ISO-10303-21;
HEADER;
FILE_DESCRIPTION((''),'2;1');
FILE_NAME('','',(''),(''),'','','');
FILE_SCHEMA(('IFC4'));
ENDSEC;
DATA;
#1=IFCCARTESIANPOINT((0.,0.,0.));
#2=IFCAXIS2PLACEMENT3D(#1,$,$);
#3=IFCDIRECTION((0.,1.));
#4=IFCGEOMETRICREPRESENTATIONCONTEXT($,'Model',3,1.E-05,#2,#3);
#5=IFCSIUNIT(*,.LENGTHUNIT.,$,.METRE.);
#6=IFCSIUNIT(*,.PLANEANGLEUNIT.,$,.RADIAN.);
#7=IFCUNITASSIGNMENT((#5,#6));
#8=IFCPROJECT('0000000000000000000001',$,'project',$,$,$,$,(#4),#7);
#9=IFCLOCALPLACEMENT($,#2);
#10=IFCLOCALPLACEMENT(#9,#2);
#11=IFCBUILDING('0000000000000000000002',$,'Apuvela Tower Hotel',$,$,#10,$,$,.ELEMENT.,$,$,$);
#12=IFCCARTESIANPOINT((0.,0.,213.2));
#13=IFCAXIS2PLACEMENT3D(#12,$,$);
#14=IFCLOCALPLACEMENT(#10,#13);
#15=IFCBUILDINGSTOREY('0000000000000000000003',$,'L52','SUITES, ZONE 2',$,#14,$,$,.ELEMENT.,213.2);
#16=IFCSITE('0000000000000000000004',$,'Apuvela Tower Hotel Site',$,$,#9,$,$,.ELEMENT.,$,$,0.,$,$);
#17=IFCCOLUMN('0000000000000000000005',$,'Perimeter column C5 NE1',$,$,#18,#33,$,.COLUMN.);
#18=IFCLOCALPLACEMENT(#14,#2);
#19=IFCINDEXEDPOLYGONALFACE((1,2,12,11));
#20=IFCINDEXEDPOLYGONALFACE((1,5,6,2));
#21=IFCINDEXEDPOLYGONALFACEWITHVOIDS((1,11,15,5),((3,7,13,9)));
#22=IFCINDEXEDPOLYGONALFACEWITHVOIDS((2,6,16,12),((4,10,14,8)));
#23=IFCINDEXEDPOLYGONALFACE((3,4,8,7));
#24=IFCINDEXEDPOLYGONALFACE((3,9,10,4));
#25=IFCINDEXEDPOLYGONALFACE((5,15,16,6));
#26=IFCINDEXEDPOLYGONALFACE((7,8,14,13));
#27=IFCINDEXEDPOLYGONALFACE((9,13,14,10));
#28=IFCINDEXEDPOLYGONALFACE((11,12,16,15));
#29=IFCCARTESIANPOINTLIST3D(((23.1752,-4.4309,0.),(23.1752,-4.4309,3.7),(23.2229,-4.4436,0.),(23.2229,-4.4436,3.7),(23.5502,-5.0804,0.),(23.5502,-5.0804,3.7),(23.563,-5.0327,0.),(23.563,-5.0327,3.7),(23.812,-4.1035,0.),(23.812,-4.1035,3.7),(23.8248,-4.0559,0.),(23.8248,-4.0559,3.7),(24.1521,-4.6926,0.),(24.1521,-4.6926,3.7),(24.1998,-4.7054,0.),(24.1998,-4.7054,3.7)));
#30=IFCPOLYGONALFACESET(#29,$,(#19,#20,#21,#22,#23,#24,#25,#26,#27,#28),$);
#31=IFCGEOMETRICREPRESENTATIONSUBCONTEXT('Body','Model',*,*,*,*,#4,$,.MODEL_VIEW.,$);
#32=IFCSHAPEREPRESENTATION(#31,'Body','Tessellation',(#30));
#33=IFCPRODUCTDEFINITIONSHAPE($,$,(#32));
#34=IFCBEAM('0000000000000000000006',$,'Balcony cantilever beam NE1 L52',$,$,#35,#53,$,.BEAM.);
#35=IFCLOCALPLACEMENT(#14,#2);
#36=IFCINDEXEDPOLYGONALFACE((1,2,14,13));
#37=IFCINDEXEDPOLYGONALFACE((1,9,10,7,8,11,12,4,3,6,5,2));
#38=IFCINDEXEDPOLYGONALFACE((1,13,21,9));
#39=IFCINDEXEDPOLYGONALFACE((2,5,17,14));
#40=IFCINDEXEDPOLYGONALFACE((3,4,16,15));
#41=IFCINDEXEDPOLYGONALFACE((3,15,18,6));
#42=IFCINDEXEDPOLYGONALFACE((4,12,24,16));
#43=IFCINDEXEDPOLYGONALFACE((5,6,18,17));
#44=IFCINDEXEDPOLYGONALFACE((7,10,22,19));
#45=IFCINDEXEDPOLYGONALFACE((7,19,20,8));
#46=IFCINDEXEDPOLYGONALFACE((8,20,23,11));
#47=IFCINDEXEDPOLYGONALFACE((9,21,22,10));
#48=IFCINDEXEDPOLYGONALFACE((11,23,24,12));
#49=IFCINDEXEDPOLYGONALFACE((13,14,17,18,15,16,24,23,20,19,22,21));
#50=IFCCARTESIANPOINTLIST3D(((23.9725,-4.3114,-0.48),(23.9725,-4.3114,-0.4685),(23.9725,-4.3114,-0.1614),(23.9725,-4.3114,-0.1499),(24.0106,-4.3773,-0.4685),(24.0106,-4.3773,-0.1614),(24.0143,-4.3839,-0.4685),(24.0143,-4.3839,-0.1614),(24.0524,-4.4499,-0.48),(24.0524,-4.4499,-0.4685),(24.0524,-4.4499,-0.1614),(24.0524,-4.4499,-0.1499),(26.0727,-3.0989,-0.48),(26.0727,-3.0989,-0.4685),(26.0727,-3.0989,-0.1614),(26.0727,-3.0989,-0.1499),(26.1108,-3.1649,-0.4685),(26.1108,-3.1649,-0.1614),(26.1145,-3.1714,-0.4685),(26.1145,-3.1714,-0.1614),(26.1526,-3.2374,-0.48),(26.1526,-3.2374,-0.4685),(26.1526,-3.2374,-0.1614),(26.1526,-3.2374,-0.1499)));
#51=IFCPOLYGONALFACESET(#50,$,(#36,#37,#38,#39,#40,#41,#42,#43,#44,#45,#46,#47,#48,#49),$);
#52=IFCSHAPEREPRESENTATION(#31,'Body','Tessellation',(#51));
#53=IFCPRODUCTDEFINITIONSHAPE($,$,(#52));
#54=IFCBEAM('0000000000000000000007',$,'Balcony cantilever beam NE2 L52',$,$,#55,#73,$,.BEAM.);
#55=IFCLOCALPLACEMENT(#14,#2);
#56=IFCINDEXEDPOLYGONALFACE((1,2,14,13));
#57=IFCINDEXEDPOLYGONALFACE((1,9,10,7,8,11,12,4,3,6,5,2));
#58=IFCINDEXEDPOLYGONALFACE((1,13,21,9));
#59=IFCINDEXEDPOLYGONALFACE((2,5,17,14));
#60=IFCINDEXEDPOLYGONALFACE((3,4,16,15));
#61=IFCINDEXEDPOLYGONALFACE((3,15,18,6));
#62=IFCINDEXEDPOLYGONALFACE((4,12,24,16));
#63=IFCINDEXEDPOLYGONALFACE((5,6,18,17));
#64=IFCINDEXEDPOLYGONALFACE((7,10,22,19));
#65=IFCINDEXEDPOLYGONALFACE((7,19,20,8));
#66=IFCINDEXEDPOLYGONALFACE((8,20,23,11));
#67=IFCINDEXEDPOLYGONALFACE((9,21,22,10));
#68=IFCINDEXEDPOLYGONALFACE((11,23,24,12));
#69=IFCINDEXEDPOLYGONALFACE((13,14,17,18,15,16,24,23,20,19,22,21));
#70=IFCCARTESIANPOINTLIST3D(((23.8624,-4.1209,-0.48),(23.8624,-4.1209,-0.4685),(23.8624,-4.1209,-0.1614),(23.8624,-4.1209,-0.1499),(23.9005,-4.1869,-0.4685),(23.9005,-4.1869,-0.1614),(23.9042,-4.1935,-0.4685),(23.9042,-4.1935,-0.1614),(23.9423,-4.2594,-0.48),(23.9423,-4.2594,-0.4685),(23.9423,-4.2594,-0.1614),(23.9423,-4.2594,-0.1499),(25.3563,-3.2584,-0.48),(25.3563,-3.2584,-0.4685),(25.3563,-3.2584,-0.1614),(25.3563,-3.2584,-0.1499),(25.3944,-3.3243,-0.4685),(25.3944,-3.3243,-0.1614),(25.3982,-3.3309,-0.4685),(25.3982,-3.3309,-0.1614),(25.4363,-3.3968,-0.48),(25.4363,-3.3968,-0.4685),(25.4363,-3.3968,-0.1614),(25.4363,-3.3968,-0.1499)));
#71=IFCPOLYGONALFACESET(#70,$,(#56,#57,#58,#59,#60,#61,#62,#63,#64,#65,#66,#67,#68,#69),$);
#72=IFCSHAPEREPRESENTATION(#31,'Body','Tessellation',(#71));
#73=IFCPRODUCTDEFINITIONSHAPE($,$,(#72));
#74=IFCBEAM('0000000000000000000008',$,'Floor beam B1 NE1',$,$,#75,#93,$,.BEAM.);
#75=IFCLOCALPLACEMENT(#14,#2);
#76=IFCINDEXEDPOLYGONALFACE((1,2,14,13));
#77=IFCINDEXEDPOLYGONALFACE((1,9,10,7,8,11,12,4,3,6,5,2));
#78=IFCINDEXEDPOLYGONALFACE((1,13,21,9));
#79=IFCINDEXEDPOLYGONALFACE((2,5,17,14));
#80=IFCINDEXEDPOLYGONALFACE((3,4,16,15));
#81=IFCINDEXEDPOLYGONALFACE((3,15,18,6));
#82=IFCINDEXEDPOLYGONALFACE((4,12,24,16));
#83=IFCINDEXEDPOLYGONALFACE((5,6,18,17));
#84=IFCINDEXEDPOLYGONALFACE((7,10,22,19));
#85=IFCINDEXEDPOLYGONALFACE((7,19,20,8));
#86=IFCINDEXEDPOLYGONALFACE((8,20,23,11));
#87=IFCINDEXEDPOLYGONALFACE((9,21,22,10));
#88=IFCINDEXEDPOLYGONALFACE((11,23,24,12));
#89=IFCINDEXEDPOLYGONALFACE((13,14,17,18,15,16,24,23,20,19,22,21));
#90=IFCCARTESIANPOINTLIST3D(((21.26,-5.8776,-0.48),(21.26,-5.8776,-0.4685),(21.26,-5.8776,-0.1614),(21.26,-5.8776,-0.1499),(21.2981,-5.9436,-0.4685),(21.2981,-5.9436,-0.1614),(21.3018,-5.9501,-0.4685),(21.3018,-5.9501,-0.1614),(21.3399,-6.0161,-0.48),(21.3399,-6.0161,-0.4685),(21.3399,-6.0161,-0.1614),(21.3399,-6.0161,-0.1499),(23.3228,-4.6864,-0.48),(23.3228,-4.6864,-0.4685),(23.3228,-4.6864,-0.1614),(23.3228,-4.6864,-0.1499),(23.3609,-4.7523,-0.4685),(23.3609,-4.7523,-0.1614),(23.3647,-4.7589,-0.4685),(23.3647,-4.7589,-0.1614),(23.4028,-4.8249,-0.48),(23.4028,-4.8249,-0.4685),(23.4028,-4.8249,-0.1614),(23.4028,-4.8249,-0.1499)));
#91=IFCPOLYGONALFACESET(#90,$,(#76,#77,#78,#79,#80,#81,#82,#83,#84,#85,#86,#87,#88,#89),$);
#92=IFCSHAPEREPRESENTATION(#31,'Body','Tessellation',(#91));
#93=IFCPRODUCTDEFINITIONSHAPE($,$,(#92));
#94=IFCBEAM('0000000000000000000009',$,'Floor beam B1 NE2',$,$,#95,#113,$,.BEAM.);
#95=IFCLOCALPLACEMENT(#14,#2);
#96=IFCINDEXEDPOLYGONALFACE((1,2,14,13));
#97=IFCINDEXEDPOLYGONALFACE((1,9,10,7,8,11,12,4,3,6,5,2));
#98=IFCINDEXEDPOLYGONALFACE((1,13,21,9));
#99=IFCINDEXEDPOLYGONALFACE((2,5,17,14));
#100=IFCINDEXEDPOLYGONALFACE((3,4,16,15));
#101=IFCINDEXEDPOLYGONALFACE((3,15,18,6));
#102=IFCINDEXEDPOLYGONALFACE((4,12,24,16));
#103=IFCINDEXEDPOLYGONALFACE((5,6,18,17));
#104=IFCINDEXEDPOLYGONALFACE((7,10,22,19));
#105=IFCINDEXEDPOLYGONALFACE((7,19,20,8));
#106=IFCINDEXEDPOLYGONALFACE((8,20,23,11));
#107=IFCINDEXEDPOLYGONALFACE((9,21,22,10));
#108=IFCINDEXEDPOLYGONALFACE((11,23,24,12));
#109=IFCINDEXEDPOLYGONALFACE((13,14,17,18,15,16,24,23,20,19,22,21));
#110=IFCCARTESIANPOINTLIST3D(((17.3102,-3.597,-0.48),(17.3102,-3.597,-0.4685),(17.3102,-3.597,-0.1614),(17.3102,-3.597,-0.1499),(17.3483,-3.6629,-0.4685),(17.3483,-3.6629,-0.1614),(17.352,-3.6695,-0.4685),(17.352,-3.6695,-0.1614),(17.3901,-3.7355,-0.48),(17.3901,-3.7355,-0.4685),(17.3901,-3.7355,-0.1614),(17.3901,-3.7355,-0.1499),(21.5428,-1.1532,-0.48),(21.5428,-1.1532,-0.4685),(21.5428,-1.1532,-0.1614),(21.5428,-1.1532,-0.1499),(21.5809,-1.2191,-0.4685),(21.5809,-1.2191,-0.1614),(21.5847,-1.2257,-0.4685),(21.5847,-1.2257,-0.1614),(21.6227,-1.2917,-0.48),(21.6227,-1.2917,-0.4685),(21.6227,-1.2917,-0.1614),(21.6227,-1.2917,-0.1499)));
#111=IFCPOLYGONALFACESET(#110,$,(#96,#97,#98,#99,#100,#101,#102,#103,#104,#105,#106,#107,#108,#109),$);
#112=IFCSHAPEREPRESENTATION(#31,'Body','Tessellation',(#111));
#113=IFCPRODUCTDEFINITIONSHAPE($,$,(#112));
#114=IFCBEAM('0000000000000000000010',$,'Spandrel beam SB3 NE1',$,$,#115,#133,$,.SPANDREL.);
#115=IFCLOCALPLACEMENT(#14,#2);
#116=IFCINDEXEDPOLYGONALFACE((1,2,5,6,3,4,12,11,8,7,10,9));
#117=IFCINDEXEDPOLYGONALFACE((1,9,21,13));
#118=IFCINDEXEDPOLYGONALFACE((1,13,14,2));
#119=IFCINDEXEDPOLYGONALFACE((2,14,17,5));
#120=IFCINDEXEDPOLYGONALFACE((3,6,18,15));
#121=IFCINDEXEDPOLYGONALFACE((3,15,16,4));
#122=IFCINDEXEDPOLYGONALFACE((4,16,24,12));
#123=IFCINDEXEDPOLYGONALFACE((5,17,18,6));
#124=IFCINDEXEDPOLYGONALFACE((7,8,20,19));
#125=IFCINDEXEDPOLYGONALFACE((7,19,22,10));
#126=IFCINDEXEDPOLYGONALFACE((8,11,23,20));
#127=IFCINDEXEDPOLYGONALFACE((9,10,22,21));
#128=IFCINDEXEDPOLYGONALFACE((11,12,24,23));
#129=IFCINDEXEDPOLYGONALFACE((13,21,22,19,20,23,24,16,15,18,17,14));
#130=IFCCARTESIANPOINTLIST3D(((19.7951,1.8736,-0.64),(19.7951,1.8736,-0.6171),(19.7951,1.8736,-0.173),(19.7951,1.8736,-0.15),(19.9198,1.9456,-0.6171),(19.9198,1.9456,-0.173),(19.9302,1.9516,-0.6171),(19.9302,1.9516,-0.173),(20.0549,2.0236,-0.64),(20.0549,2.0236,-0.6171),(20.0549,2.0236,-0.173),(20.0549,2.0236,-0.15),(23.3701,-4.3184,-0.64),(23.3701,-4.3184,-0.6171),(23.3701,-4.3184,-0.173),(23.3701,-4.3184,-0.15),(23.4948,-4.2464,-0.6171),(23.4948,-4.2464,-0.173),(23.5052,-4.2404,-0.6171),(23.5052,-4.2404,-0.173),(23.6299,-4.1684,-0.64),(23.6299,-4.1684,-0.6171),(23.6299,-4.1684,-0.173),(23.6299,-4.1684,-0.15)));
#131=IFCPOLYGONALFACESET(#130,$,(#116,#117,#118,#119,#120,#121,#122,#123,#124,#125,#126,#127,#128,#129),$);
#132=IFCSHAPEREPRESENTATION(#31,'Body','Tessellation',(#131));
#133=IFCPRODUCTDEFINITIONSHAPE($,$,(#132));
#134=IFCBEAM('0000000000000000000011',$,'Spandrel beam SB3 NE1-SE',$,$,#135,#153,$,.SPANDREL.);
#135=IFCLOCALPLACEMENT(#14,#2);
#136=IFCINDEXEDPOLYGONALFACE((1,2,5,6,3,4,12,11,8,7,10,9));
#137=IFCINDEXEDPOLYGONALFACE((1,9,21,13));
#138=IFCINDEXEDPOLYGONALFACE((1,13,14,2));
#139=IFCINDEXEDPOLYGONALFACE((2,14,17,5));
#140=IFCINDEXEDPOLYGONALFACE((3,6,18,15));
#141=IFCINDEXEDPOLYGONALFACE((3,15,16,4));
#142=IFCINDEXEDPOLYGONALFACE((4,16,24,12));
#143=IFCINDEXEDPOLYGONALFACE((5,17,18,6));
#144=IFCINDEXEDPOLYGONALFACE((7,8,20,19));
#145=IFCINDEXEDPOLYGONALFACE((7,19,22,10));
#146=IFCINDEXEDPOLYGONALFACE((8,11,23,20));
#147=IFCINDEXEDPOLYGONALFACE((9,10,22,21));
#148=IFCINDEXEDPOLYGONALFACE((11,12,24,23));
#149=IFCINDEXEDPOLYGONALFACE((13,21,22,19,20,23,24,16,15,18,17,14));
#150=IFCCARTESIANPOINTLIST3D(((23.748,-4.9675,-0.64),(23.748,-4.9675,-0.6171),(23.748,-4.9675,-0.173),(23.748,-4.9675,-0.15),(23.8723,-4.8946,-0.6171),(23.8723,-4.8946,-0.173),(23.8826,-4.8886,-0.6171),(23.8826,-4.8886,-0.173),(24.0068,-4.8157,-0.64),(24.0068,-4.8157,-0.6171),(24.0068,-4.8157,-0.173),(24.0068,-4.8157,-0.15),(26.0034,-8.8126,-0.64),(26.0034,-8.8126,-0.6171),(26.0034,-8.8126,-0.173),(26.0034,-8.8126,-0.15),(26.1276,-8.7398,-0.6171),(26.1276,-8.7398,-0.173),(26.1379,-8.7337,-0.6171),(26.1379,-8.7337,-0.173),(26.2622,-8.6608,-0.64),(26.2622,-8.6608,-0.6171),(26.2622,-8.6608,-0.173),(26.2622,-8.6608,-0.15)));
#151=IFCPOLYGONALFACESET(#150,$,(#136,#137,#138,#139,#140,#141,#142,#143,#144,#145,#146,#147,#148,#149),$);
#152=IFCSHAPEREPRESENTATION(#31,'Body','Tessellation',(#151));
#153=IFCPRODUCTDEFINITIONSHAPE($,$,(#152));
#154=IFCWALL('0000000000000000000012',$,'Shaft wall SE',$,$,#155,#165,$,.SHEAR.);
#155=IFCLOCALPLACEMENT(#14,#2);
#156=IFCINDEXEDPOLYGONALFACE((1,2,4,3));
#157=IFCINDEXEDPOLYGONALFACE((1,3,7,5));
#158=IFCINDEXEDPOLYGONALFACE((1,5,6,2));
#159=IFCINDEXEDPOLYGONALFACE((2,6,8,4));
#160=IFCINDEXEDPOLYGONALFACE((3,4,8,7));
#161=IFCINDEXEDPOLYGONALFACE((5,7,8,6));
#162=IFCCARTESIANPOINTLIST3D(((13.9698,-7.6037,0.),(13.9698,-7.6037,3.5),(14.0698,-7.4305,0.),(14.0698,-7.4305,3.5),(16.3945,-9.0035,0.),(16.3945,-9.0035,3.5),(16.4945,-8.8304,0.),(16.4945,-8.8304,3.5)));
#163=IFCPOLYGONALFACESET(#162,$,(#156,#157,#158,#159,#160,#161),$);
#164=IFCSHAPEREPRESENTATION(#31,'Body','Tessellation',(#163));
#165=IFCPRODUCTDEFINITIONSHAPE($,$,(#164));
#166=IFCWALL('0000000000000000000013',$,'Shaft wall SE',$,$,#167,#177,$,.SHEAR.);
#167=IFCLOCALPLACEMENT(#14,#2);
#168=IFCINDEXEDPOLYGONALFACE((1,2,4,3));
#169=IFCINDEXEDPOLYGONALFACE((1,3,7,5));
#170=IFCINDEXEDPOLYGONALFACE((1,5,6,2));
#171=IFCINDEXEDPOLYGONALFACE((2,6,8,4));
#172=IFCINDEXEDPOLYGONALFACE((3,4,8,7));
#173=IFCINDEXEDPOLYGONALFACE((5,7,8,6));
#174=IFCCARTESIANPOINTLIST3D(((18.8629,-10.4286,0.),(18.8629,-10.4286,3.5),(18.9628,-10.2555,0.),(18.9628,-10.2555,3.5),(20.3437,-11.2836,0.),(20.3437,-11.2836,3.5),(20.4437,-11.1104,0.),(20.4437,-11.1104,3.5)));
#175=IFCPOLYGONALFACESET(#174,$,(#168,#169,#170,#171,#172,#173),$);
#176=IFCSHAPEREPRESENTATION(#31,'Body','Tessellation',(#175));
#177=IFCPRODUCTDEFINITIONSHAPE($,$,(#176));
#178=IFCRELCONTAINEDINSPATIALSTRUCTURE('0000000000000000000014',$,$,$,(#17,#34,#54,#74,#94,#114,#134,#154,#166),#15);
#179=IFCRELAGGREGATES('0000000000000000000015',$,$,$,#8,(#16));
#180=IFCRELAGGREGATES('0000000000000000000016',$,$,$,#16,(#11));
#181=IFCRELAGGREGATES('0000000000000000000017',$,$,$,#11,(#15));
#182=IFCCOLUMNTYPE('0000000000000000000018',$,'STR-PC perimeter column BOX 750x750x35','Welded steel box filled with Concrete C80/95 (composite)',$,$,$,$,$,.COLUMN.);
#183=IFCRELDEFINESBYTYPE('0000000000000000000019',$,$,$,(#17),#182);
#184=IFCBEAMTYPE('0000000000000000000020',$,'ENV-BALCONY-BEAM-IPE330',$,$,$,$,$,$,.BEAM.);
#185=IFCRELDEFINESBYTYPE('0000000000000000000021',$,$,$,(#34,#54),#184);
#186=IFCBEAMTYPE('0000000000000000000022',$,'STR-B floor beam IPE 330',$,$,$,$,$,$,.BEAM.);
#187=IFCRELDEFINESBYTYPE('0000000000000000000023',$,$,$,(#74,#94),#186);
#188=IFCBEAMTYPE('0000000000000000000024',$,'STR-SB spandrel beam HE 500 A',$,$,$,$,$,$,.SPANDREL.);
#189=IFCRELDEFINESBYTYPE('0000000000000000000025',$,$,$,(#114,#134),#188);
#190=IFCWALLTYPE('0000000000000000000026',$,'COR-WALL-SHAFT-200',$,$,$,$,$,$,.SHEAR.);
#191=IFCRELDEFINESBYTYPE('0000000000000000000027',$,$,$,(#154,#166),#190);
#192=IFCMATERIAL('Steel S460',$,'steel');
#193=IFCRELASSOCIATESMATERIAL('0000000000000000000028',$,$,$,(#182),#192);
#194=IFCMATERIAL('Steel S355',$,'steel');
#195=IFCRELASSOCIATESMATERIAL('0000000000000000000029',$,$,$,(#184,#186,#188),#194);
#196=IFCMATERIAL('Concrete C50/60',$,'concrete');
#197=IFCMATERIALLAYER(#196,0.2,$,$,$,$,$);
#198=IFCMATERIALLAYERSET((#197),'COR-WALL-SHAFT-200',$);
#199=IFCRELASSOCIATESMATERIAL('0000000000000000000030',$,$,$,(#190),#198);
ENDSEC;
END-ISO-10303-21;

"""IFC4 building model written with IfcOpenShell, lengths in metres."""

from ifc_helpers import new_model, si_unit, direction, frame, frame_2d, origin, origin_2d, place, context, subcontext, project, spatial, rectangle, hollow_rectangle, i_section, extrude, material, layer, layer_set, material_profile, profile_set, type_object, element, save


model = new_model("IFC4")

# Units and contexts
model_context = context("Model", 3, precision=1e-05, world=origin(), true_north=direction((0.0, 1.0)))
body_context = subcontext(model_context, "Body", "Model", "MODEL_VIEW")
ifc_project = project(units=[si_unit("LENGTHUNIT", "METRE"), si_unit("PLANEANGLEUNIT", "RADIAN")], contexts=[model_context])

# Site, building, storey
site_placement = place(None, origin())
site = spatial("IfcSite", under=ifc_project, at=site_placement, Name="Apuvela Tower Hotel Site", CompositionType="ELEMENT", RefElevation=0.0)
building_placement = place(site_placement, origin())
building = spatial("IfcBuilding", under=site, at=building_placement, Name="Apuvela Tower Hotel", CompositionType="ELEMENT")
storey_placement = place(building_placement, frame((0.0, 0.0, 213.2)))
storey = spatial("IfcBuildingStorey", under=building, at=storey_placement, Name="L52", Description="SUITES, ZONE 2", CompositionType="ELEMENT", Elevation=213.2)

# Column
ifc_material_1 = material(Name="Steel S460", Category="steel")
ifc_material_profile_1 = material_profile(ifc_material_1, hollow_rectangle(XDim=0.75, YDim=0.75, WallThickness=0.0349, at=origin_2d()), Name="BOX 750x750x35")
ifc_material_2 = material(Name="Concrete C80/95", Category="concrete")
ifc_material_profile_2 = material_profile(ifc_material_2, rectangle(XDim=0.6799, YDim=0.6799, at=origin_2d()), Name="Concrete C80/95 infill")
ifc_profile_set_1 = profile_set([ifc_material_profile_1, ifc_material_profile_2], Name="Steel S460")
column_type = type_object("IfcColumnType", Name="STR-PC perimeter column BOX 750x750x35", Description="Welded steel box filled with Concrete C80/95 (composite)", PredefinedType="COLUMN", material=ifc_profile_set_1)
column_placement = place(storey_placement, frame((23.6875, -4.5681, 0.0), z_axis=(0.0, 0.0, 1.0), x_axis=(-0.5, 0.866025, 0.0)))
element("IfcColumn", 1, at=column_placement, inside=storey, type_object=column_type, Name="Perimeter column C5 NE1", PredefinedType="COLUMN", context=body_context, shape_type="SweptSolid", body=[
    extrude(hollow_rectangle(XDim=0.75, YDim=0.75, WallThickness=0.0349, at=origin_2d()), origin(), (0.0, 0.0, 1.0), 3.7),
])

# Beams
ifc_material_3 = material(Name="Steel S355", Category="steel")
ifc_material_profile_3 = material_profile(ifc_material_3, i_section(OverallWidth=0.1599, OverallDepth=0.3301, WebThickness=0.0076, FlangeThickness=0.0115, at=origin_2d()), Name="IPE 330")
ifc_profile_set_2 = profile_set([ifc_material_profile_3], Name="Steel S355")
beam_type_1 = type_object("IfcBeamType", Name="ENV-BALCONY-BEAM-IPE330", PredefinedType="BEAM", material=ifc_profile_set_2)
beam_1_placement = place(storey_placement, frame((24.0125, -4.3806, -0.3149), z_axis=(0.866041, 0.499972, 0.0), x_axis=(-0.499972, 0.866041, 0.0)))
element("IfcBeam", 2, at=beam_1_placement, inside=storey, type_object=beam_type_1, Name="Balcony cantilever beam NE1 L52", PredefinedType="BEAM", context=body_context, shape_type="SweptSolid", body=[
    extrude(i_section(OverallWidth=0.1599, OverallDepth=0.3301, WebThickness=0.0076, FlangeThickness=0.0115, at=origin_2d()), origin(), (0.0, 0.0, 1.0), 2.425),
])
beam_2_placement = place(storey_placement, frame((23.9023, -4.1902, -0.3149), z_axis=(0.866014, 0.500021, 0.0), x_axis=(-0.500021, 0.866014, 0.0)))
element("IfcBeam", 3, at=beam_2_placement, inside=storey, type_object=beam_type_1, Name="Balcony cantilever beam NE2 L52", PredefinedType="BEAM", context=body_context, shape_type="SweptSolid", body=[
    extrude(i_section(OverallWidth=0.1599, OverallDepth=0.3301, WebThickness=0.0076, FlangeThickness=0.0115, at=origin_2d()), origin(), (0.0, 0.0, 1.0), 1.7251),
])
ifc_material_profile_4 = material_profile(ifc_material_3, i_section(OverallWidth=0.1599, OverallDepth=0.3301, WebThickness=0.0076, FlangeThickness=0.0115, at=origin_2d()), Name="IPE 330")
ifc_profile_set_3 = profile_set([ifc_material_profile_4], Name="Steel S355")
beam_type_2 = type_object("IfcBeamType", Name="STR-B floor beam IPE 330", PredefinedType="BEAM", material=ifc_profile_set_3)
beam_3_placement = place(storey_placement, frame((23.3628, -4.7556, -0.3149), z_axis=(-0.865982, -0.500074, 0.0), x_axis=(0.500074, -0.865982, 0.0)))
element("IfcBeam", 4, at=beam_3_placement, inside=storey, type_object=beam_type_2, Name="Floor beam B1 NE1", PredefinedType="BEAM", context=body_context, shape_type="SweptSolid", body=[
    extrude(i_section(OverallWidth=0.1599, OverallDepth=0.3301, WebThickness=0.0076, FlangeThickness=0.0115, at=origin_2d()), origin(), (0.0, 0.0, 1.0), 2.3821),
])
beam_4_placement = place(storey_placement, frame((21.5828, -1.2224, -0.3149), z_axis=(-0.866015, -0.500018, 0.0), x_axis=(0.500018, -0.866015, 0.0)))
element("IfcBeam", 5, at=beam_4_placement, inside=storey, type_object=beam_type_2, Name="Floor beam B1 NE2", PredefinedType="BEAM", context=body_context, shape_type="SweptSolid", body=[
    extrude(i_section(OverallWidth=0.1599, OverallDepth=0.3301, WebThickness=0.0076, FlangeThickness=0.0115, at=origin_2d()), origin(), (0.0, 0.0, 1.0), 4.8875),
])
ifc_material_profile_5 = material_profile(ifc_material_3, i_section(OverallWidth=0.3, OverallDepth=0.49, WebThickness=0.012, FlangeThickness=0.0229, at=origin_2d()), Name="HE 500 A")
ifc_profile_set_4 = profile_set([ifc_material_profile_5], Name="Steel S355")
beam_type_3 = type_object("IfcBeamType", Name="STR-SB spandrel beam HE 500 A", PredefinedType="SPANDREL", material=ifc_profile_set_4)
beam_5_placement = place(storey_placement, frame((23.5, -4.2434, -0.395), z_axis=(-0.500006, 0.866022, 0.0), x_axis=(-0.866022, -0.500006, 0.0)))
element("IfcBeam", 6, at=beam_5_placement, inside=storey, type_object=beam_type_3, Name="Spandrel beam SB3 NE1", PredefinedType="SPANDREL", context=body_context, shape_type="SweptSolid", body=[
    extrude(i_section(OverallWidth=0.3, OverallDepth=0.49, WebThickness=0.012, FlangeThickness=0.0229, at=origin_2d()), origin(), (0.0, 0.0, 1.0), 7.1499),
])
beam_6_placement = place(storey_placement, frame((23.8774, -4.8916, -0.395), z_axis=(0.505933, -0.862573, 0.0), x_axis=(0.862573, 0.505933, 0.0)))
element("IfcBeam", 7, at=beam_6_placement, inside=storey, type_object=beam_type_3, Name="Spandrel beam SB3 NE1-SE", PredefinedType="SPANDREL", context=body_context, shape_type="SweptSolid", body=[
    extrude(i_section(OverallWidth=0.3, OverallDepth=0.49, WebThickness=0.012, FlangeThickness=0.0229, at=origin_2d()), origin(), (0.0, 0.0, 1.0), 4.4578),
])

# Walls
ifc_material_4 = material(Name="Concrete C50/60", Category="concrete")
ifc_layer_1 = layer(ifc_material_4, 0.2)
ifc_layer_set_1 = layer_set([ifc_layer_1], Name="COR-WALL-SHAFT-200")
wall_type_1 = type_object("IfcWallType", Name="COR-WALL-SHAFT-200", PredefinedType="SHEAR", material=ifc_layer_set_1)
wall_1_placement = place(storey_placement, frame((14.0198, -7.5171, 0.0), z_axis=(0.0, 0.0, 1.0), x_axis=(0.866035, -0.499984, 0.0)))
element("IfcWall", 8, at=wall_1_placement, inside=storey, type_object=wall_type_1, Name="Shaft wall SE", PredefinedType="SHEAR", context=body_context, shape_type="SweptSolid", body=[
    extrude(rectangle(XDim=2.7998, YDim=0.2, at=frame_2d((1.3999, 0.0))), origin(), (0.0, 0.0, 1.0), 3.5),
])
wall_2_placement = place(storey_placement, frame((18.9128, -10.342, 0.0), z_axis=(0.0, 0.0, 1.0), x_axis=(0.866038, -0.499978, 0.0)))
element("IfcWall", 9, at=wall_2_placement, inside=storey, type_object=wall_type_1, Name="Shaft wall SE", PredefinedType="SHEAR", context=body_context, shape_type="SweptSolid", body=[
    extrude(rectangle(XDim=1.71, YDim=0.2, at=frame_2d((0.855, 0.0))), origin(), (0.0, 0.0, 1.0), 3.5),
])

save(model, "model.ifc")
